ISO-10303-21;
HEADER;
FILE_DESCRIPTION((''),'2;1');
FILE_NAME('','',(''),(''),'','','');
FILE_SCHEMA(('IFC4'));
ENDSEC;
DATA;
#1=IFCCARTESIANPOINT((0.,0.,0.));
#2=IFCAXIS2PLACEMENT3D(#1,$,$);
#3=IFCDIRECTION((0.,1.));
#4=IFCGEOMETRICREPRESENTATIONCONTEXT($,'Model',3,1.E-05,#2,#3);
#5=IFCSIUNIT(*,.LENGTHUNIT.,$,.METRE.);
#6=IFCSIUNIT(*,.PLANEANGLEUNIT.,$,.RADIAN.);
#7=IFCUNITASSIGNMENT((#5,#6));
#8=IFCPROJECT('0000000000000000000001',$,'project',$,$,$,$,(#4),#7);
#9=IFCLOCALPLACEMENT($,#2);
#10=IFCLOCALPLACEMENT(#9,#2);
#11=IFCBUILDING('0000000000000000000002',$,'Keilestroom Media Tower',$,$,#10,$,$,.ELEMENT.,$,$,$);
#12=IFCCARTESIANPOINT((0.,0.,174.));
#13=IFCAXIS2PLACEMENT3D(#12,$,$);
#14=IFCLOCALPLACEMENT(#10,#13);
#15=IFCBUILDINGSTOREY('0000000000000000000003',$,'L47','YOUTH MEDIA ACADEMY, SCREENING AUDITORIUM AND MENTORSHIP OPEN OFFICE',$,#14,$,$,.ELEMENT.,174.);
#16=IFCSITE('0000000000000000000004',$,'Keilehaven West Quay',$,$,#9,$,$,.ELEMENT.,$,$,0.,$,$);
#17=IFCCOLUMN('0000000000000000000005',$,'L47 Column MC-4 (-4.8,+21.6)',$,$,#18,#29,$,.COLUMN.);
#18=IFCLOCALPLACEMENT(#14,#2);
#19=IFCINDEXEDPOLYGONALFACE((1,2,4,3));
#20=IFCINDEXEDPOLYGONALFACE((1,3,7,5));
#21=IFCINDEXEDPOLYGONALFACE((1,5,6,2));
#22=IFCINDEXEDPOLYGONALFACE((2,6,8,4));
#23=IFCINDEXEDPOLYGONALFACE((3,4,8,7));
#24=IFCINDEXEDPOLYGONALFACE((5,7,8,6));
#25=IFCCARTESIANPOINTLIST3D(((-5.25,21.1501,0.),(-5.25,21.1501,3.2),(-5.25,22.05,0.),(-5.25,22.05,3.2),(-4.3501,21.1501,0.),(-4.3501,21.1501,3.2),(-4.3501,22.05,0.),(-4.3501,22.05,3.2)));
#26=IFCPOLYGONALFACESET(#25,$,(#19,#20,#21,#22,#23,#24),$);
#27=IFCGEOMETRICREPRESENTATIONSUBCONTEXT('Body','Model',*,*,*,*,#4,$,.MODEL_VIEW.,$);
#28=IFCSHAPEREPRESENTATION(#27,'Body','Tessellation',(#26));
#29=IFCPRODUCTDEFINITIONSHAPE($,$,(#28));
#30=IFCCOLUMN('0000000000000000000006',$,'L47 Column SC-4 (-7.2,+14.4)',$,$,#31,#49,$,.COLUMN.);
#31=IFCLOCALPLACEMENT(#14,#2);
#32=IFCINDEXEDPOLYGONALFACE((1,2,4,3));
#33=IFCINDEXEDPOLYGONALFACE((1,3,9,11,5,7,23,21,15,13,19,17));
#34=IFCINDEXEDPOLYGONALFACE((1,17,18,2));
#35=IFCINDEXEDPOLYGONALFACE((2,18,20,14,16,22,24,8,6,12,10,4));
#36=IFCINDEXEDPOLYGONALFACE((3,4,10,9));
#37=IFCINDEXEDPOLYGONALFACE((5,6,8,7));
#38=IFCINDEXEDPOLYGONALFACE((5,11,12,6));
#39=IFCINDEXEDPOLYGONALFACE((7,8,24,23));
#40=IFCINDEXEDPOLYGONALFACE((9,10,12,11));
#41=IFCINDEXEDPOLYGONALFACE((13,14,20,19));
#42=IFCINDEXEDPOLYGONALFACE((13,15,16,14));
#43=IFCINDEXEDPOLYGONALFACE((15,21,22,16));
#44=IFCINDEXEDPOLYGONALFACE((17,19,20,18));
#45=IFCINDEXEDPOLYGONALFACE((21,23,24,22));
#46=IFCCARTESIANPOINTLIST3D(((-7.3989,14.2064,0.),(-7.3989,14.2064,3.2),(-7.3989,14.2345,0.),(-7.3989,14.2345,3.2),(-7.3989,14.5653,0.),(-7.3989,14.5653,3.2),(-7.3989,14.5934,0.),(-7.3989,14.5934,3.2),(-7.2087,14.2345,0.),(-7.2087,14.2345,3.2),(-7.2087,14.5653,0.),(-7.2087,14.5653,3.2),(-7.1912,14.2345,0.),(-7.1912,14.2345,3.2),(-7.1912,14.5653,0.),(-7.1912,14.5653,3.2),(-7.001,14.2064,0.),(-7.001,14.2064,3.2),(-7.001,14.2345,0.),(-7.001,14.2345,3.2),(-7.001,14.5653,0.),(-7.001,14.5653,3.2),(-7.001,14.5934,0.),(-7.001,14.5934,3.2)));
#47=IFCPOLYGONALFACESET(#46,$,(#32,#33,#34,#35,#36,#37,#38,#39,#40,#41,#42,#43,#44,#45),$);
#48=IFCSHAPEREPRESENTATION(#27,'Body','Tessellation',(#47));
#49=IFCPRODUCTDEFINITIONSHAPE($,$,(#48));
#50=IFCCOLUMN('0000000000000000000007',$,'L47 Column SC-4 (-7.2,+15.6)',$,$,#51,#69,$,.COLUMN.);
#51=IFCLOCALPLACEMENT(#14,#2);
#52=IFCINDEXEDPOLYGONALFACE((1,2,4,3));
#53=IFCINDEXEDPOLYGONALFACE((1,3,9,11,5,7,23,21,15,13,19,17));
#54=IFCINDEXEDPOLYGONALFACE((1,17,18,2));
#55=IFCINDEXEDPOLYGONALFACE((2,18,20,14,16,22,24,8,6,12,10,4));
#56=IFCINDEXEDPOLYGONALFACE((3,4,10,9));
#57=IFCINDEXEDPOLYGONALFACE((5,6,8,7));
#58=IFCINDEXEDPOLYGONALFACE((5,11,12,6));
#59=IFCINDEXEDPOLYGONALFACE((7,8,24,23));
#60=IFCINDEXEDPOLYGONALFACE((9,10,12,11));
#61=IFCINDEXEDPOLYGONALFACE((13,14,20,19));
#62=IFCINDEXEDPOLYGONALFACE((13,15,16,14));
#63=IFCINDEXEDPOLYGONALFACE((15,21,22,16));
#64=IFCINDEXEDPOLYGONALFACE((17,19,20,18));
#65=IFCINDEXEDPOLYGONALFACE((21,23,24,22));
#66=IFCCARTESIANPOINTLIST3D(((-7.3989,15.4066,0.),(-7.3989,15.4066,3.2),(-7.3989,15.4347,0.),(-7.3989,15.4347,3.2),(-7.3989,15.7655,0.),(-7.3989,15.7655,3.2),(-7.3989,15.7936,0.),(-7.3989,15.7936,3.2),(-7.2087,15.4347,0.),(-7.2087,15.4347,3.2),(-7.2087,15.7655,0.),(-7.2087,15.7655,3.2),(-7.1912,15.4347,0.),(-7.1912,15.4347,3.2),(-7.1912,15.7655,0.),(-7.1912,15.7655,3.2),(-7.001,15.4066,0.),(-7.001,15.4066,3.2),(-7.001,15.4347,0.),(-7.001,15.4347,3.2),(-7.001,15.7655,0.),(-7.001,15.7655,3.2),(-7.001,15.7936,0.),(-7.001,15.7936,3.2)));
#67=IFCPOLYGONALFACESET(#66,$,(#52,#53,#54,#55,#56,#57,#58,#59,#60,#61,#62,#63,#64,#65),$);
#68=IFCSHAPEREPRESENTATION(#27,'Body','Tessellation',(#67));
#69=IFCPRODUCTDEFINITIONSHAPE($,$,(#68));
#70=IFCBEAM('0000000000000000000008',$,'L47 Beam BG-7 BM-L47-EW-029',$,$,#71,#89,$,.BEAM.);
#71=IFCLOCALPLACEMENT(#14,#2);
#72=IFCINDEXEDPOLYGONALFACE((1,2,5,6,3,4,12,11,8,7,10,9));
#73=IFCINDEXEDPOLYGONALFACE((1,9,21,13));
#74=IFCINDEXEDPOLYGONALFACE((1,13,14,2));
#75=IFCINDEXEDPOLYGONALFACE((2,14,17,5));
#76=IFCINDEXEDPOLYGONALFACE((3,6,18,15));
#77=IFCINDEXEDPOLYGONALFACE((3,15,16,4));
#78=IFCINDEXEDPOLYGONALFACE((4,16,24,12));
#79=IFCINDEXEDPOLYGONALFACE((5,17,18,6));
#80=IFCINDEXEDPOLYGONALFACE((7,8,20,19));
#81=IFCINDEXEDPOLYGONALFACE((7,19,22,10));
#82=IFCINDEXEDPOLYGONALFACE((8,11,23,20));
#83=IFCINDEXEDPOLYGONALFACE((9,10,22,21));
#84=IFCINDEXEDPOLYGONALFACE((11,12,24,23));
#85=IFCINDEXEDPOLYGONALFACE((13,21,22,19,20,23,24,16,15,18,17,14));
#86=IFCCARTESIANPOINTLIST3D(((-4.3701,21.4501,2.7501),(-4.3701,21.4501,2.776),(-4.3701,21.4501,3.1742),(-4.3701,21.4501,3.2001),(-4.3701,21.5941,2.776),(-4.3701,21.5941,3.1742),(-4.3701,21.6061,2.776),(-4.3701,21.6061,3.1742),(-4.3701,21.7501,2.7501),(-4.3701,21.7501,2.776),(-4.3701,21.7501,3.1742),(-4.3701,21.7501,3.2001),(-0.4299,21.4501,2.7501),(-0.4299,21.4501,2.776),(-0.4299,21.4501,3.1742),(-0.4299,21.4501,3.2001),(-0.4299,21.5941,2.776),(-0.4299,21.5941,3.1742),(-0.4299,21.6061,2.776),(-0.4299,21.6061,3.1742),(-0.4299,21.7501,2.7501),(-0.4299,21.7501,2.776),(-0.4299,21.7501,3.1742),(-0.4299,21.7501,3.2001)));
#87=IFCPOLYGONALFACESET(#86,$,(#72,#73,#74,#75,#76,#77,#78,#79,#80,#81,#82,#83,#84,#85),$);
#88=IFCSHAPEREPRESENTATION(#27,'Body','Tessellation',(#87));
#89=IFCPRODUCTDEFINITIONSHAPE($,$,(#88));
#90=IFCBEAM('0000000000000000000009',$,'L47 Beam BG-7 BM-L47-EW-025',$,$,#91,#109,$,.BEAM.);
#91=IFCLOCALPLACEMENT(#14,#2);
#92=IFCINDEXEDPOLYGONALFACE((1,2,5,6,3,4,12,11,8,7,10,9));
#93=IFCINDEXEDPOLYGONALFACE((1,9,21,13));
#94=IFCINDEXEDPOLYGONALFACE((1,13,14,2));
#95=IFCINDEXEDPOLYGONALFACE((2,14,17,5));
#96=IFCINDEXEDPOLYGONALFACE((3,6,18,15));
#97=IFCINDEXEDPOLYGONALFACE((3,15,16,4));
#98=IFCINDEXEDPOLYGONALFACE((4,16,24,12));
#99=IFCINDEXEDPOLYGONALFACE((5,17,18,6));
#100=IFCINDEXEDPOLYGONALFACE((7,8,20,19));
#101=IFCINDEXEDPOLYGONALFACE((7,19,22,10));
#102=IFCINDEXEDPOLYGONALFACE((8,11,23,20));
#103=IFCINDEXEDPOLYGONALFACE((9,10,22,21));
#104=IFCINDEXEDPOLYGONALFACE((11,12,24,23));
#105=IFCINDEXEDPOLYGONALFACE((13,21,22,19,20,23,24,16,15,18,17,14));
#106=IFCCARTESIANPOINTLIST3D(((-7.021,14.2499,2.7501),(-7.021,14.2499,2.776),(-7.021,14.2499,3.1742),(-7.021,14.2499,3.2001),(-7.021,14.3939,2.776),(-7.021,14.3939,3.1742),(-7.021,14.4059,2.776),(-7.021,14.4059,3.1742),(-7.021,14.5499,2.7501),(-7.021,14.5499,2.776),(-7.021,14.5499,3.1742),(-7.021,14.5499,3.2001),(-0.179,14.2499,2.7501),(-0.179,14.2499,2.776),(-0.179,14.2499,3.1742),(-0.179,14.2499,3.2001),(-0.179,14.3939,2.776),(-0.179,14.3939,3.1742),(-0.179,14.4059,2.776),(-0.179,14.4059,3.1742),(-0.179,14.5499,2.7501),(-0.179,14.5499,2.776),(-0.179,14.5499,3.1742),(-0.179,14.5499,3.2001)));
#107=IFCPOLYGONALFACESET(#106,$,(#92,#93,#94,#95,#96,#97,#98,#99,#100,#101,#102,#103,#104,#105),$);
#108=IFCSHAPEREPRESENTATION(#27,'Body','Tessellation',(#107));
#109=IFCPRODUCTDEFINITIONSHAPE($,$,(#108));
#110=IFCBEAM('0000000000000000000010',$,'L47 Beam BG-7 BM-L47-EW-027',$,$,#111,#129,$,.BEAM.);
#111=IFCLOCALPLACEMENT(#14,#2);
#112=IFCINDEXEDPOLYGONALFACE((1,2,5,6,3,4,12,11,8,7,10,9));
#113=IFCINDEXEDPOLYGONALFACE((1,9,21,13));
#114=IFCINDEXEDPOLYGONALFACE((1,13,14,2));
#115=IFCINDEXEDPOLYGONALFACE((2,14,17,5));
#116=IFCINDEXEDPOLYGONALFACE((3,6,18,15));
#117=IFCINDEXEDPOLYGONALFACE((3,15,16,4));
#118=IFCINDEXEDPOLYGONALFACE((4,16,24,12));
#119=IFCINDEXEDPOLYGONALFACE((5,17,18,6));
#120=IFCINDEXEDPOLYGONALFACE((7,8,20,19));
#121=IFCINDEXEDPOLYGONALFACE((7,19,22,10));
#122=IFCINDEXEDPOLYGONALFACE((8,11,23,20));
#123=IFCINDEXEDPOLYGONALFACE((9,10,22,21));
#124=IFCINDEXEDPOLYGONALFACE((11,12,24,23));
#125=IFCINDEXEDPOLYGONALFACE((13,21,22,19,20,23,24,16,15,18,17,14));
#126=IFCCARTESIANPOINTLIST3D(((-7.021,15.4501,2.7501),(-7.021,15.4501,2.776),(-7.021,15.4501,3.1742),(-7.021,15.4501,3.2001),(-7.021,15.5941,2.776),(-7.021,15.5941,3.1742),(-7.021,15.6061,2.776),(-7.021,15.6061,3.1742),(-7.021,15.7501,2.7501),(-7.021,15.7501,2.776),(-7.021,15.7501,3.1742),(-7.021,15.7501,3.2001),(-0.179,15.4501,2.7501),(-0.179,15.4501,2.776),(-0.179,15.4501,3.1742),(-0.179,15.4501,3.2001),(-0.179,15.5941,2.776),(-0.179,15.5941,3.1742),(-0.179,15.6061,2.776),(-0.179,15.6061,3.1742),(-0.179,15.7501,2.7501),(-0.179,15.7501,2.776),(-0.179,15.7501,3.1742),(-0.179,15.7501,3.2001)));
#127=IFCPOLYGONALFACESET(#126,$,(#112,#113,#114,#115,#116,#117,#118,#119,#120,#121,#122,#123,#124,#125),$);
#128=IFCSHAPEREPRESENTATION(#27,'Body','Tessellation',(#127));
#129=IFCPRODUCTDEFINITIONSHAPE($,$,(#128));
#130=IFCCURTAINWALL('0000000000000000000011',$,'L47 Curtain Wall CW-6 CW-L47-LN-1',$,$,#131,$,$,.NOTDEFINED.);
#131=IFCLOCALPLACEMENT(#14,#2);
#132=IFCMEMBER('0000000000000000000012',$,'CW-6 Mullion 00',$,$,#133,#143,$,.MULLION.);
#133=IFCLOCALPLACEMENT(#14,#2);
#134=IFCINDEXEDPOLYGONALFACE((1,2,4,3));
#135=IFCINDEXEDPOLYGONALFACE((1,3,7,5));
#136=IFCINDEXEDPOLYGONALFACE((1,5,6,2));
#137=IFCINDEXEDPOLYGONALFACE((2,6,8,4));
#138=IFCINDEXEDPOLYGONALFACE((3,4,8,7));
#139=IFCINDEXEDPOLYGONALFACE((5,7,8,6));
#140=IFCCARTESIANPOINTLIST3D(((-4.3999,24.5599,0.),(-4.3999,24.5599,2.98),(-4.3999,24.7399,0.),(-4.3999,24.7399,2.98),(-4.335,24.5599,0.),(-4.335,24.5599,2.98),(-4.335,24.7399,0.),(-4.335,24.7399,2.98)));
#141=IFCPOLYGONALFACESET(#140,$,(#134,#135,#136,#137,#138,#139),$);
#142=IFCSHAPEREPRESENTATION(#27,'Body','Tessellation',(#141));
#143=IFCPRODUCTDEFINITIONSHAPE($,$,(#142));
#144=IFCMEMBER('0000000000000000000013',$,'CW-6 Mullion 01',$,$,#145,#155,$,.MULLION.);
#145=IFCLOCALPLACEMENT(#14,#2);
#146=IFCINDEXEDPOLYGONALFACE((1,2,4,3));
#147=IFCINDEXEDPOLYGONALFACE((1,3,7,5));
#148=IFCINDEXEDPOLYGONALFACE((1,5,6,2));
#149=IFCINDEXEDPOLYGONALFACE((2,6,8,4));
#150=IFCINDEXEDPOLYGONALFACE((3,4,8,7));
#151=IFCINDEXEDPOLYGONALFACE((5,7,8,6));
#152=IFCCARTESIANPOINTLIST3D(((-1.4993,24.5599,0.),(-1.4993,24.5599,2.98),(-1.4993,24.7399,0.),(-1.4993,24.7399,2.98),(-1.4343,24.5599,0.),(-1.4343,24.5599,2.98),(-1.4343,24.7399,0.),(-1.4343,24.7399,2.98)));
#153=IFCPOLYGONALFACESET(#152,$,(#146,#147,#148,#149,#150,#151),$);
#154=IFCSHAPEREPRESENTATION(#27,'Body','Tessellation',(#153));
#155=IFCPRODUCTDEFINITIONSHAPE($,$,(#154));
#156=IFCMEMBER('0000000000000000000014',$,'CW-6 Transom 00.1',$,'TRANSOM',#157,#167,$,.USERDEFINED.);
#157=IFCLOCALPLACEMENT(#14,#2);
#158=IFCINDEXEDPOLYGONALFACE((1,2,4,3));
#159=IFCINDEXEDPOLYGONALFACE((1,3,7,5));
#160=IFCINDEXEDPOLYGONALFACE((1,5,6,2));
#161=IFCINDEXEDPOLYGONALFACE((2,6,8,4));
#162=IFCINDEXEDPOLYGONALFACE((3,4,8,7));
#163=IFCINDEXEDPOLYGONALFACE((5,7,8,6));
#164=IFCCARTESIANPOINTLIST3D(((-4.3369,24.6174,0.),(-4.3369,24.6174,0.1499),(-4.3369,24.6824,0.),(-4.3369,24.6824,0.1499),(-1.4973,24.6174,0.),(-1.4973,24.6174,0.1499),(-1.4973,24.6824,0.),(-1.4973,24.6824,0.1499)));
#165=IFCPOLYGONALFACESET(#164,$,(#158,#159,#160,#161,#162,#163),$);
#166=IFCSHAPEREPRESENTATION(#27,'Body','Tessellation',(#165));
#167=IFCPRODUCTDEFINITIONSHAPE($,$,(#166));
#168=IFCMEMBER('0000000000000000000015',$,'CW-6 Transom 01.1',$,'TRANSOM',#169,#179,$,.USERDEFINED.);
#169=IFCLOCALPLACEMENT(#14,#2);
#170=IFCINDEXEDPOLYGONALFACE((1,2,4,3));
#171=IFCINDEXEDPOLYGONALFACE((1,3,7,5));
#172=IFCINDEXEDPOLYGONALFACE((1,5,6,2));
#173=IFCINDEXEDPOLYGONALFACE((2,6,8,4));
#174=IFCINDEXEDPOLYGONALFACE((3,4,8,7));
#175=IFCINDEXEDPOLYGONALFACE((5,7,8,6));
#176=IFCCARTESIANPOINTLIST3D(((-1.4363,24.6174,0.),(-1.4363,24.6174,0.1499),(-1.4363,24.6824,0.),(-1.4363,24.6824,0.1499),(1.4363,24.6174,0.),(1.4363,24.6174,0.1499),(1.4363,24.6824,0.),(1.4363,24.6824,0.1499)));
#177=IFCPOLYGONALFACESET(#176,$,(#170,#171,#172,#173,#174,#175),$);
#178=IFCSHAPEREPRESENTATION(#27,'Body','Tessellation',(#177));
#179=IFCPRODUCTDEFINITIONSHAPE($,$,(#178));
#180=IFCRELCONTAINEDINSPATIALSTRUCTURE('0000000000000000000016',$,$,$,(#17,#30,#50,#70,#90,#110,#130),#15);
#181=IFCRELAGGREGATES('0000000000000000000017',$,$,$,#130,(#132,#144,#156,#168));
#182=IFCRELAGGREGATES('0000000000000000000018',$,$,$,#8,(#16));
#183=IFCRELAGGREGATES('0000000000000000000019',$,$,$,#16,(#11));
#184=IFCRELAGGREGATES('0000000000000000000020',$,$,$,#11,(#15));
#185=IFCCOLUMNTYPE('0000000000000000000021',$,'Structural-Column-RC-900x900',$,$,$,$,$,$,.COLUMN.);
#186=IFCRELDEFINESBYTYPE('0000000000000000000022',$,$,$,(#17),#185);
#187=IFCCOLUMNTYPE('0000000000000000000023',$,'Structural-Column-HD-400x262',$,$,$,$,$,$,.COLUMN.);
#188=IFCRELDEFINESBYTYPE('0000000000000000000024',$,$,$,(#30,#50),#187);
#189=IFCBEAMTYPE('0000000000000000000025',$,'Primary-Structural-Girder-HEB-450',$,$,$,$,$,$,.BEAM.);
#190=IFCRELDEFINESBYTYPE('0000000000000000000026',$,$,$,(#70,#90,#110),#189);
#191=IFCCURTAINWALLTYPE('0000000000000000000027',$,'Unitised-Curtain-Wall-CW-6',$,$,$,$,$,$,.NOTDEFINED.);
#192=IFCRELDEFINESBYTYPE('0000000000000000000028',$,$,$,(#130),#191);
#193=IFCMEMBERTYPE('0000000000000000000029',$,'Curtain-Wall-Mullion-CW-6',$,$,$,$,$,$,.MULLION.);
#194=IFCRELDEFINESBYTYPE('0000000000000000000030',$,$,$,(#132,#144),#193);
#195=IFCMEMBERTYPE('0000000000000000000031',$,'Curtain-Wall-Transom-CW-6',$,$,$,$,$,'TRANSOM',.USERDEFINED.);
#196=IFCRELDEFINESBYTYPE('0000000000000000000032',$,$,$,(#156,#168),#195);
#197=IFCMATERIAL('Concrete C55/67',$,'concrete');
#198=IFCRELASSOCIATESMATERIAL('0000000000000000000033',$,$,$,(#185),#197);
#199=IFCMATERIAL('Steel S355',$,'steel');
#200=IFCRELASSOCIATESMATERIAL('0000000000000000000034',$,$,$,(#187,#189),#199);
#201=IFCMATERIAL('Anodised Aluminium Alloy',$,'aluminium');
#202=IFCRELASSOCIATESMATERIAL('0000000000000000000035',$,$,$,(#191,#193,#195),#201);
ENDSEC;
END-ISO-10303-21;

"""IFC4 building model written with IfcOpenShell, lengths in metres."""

from ifc_helpers import new_model, si_unit, direction, frame, origin, origin_2d, place, context, subcontext, project, spatial, rectangle, i_section, extrude, source, transform, mapped, material, material_profile, profile_set, type_object, element, aggregate, save


model = new_model("IFC4")

# Units and contexts
model_context = context("Model", 3, precision=1e-05, world=origin(), true_north=direction((0.0, 1.0)))
body_context = subcontext(model_context, "Body", "Model", "MODEL_VIEW")
ifc_project = project(units=[si_unit("LENGTHUNIT", "METRE"), si_unit("PLANEANGLEUNIT", "RADIAN")], contexts=[model_context])

# Site, building, storey
site_placement = place(None, origin())
site = spatial("IfcSite", under=ifc_project, at=site_placement, Name="Keilehaven West Quay", CompositionType="ELEMENT", RefElevation=0.0)
building_placement = place(site_placement, origin())
building = spatial("IfcBuilding", under=site, at=building_placement, Name="Keilestroom Media Tower", CompositionType="ELEMENT")
storey_placement = place(building_placement, frame((0.0, 0.0, 174.0)))
storey = spatial("IfcBuildingStorey", under=building, at=storey_placement, Name="L47", Description="YOUTH MEDIA ACADEMY, SCREENING AUDITORIUM AND MENTORSHIP OPEN OFFICE", CompositionType="ELEMENT", Elevation=174.0)

# Columns
ifc_material_1 = material(Name="Concrete C55/67", Category="concrete")
ifc_material_profile_1 = material_profile(ifc_material_1, rectangle(XDim=0.8999, YDim=0.8999, at=origin_2d()), Name="RC 900x900")
ifc_profile_set_1 = profile_set([ifc_material_profile_1], Name="Concrete C55/67")
column_type_1 = type_object("IfcColumnType", Name="Structural-Column-RC-900x900", PredefinedType="COLUMN", material=ifc_profile_set_1)
shared_shape_1 = source(origin(), body_context, "Body", "SweptSolid", [
    extrude(rectangle(XDim=0.8999, YDim=0.8999, at=origin_2d()), origin(), (0.0, 0.0, 1.0), 3.2),
])
column_placement = place(storey_placement, frame((-4.8, 21.6001, 0.0), z_axis=(0.0, 0.0, 1.0), x_axis=(1.0, 0.0, 0.0)))
element("IfcColumn", 1, at=column_placement, inside=storey, type_object=column_type_1, Name="L47 Column MC-4 (-4.8,+21.6)", PredefinedType="COLUMN", context=body_context, shape_type="MappedRepresentation", body=[
    mapped(shared_shape_1, transform((0.0, 0.0, 0.0), x_axis=(1.0, 0.0, 0.0), y_axis=(0.0, 1.0, 0.0), z_axis=(0.0, 0.0, 1.0), scale=1.0)),
])
ifc_material_2 = material(Name="Steel S355", Category="steel")
ifc_material_profile_2 = material_profile(ifc_material_2, i_section(OverallWidth=0.3979, OverallDepth=0.387, WebThickness=0.0176, FlangeThickness=0.0281, at=origin_2d()), Name="HD 400x262")
ifc_profile_set_2 = profile_set([ifc_material_profile_2], Name="Steel S355")
column_type_2 = type_object("IfcColumnType", Name="Structural-Column-HD-400x262", PredefinedType="COLUMN", material=ifc_profile_set_2)
shared_shape_2 = source(origin(), body_context, "Body", "SweptSolid", [
    extrude(i_section(OverallWidth=0.3979, OverallDepth=0.387, WebThickness=0.0176, FlangeThickness=0.0281, at=origin_2d()), origin(), (0.0, 0.0, 1.0), 3.2),
])
for number, where, z_axis, x_axis, name in (
    (2, (-7.2, 14.3999, 0.0), (0.0, 0.0, 1.0), (1.0, 0.0, 0.0), "L47 Column SC-4 (-7.2,+14.4)"),
    (3, (-7.2, 15.6001, 0.0), (0.0, 0.0, 1.0), (1.0, 0.0, 0.0), "L47 Column SC-4 (-7.2,+15.6)"),
):
    element("IfcColumn", number, at=place(storey_placement, frame(where, z_axis=z_axis, x_axis=x_axis)), inside=storey, type_object=column_type_2, Name=name, PredefinedType="COLUMN", context=body_context, shape_type="MappedRepresentation", body=[
        mapped(shared_shape_2, transform((0.0, 0.0, 0.0), x_axis=(1.0, 0.0, 0.0), y_axis=(0.0, 1.0, 0.0), z_axis=(0.0, 0.0, 1.0), scale=1.0)),
    ])

# Beams
ifc_material_profile_3 = material_profile(ifc_material_2, i_section(OverallWidth=0.3, OverallDepth=0.45, WebThickness=0.012, FlangeThickness=0.0259, at=origin_2d()), Name="HEB 450")
ifc_profile_set_3 = profile_set([ifc_material_profile_3], Name="Steel S355")
beam_type = type_object("IfcBeamType", Name="Primary-Structural-Girder-HEB-450", PredefinedType="BEAM", material=ifc_profile_set_3)
shared_shape_3 = source(origin(), body_context, "Body", "SweptSolid", [
    extrude(i_section(OverallWidth=0.3, OverallDepth=0.45, WebThickness=0.012, FlangeThickness=0.0259, at=origin_2d()), origin(), (0.0, 0.0, 1.0), 3.9402),
])
beam_placement = place(storey_placement, frame((-4.3701, 21.6001, 2.9751), z_axis=(1.0, 0.0, 0.0), x_axis=(0.0, 1.0, 0.0)))
element("IfcBeam", 4, at=beam_placement, inside=storey, type_object=beam_type, Name="L47 Beam BG-7 BM-L47-EW-029", PredefinedType="BEAM", context=body_context, shape_type="MappedRepresentation", body=[
    mapped(shared_shape_3, transform((0.0, 0.0, 0.0), x_axis=(1.0, 0.0, 0.0), y_axis=(0.0, 1.0, 0.0), z_axis=(0.0, 0.0, 1.0), scale=1.0)),
])
shared_shape_4 = source(origin(), body_context, "Body", "SweptSolid", [
    extrude(i_section(OverallWidth=0.3, OverallDepth=0.45, WebThickness=0.012, FlangeThickness=0.0259, at=origin_2d()), origin(), (0.0, 0.0, 1.0), 6.842),
])
for number, where, z_axis, x_axis, name in (
    (5, (-7.021, 14.3999, 2.9751), (1.0, 0.0, 0.0), (0.0, 1.0, 0.0), "L47 Beam BG-7 BM-L47-EW-025"),
    (6, (-7.021, 15.6001, 2.9751), (1.0, 0.0, 0.0), (0.0, 1.0, 0.0), "L47 Beam BG-7 BM-L47-EW-027"),
):
    element("IfcBeam", number, at=place(storey_placement, frame(where, z_axis=z_axis, x_axis=x_axis)), inside=storey, type_object=beam_type, Name=name, PredefinedType="BEAM", context=body_context, shape_type="MappedRepresentation", body=[
        mapped(shared_shape_4, transform((0.0, 0.0, 0.0), x_axis=(1.0, 0.0, 0.0), y_axis=(0.0, 1.0, 0.0), z_axis=(0.0, 0.0, 1.0), scale=1.0)),
    ])

# Curtain wall, members
ifc_material_3 = material(Name="Anodised Aluminium Alloy", Category="aluminium")
curtain_wall_type = type_object("IfcCurtainWallType", Name="Unitised-Curtain-Wall-CW-6", PredefinedType="NOTDEFINED", material=ifc_material_3)
curtain_wall_placement = place(storey_placement, origin())
curtain_wall = element("IfcCurtainWall", 7, at=curtain_wall_placement, inside=storey, type_object=curtain_wall_type, Name="L47 Curtain Wall CW-6 CW-L47-LN-1", PredefinedType="NOTDEFINED")
ifc_material_profile_4 = material_profile(ifc_material_3, rectangle(XDim=0.0649, YDim=0.1799, at=origin_2d()), Name="ALU MULLION 65x180")
ifc_profile_set_4 = profile_set([ifc_material_profile_4], Name="Anodised Aluminium Alloy")
member_type_1 = type_object("IfcMemberType", Name="Curtain-Wall-Mullion-CW-6", PredefinedType="MULLION", material=ifc_profile_set_4)
shared_shape_5 = source(origin(), body_context, "Body", "SweptSolid", [
    extrude(rectangle(XDim=0.0649, YDim=0.1799, at=origin_2d()), origin(), (0.0, 0.0, 1.0), 2.98),
])
member_1_placement = place(storey_placement, frame((-4.3674, 24.6499, 0.0), z_axis=(0.0, 0.0, 1.0), x_axis=(1.0, 0.0, 0.0)))
member_1 = element("IfcMember", 8, at=member_1_placement, type_object=member_type_1, Name="CW-6 Mullion 00", PredefinedType="MULLION", context=body_context, shape_type="MappedRepresentation", body=[
    mapped(shared_shape_5, transform((0.0, 0.0, 0.0), x_axis=(1.0, 0.0, 0.0), y_axis=(0.0, 1.0, 0.0), z_axis=(0.0, 0.0, 1.0), scale=1.0)),
])
member_2_placement = place(storey_placement, frame((-1.4668, 24.6499, 0.0), z_axis=(0.0, 0.0, 1.0), x_axis=(1.0, 0.0, 0.0)))
member_2 = element("IfcMember", 9, at=member_2_placement, type_object=member_type_1, Name="CW-6 Mullion 01", PredefinedType="MULLION", context=body_context, shape_type="MappedRepresentation", body=[
    mapped(shared_shape_5, transform((0.0, 0.0, 0.0), x_axis=(1.0, 0.0, 0.0), y_axis=(0.0, 1.0, 0.0), z_axis=(0.0, 0.0, 1.0), scale=1.0)),
])
ifc_material_profile_5 = material_profile(ifc_material_3, rectangle(XDim=0.0649, YDim=0.1499, at=origin_2d()), Name="ALU TRANSOM 65x150")
ifc_profile_set_5 = profile_set([ifc_material_profile_5], Name="Anodised Aluminium Alloy")
member_type_2 = type_object("IfcMemberType", Name="Curtain-Wall-Transom-CW-6", ElementType="TRANSOM", PredefinedType="USERDEFINED", material=ifc_profile_set_5)
shared_shape_6 = source(origin(), body_context, "Body", "SweptSolid", [
    extrude(rectangle(XDim=0.0649, YDim=0.1499, at=origin_2d()), origin(), (0.0, 0.0, 1.0), 2.8396),
])
member_3_placement = place(storey_placement, frame((-4.3369, 24.6499, 0.075), z_axis=(1.0, 0.0, 0.0), x_axis=(0.0, 1.0, 0.0)))
member_3 = element("IfcMember", 10, at=member_3_placement, type_object=member_type_2, Name="CW-6 Transom 00.1", ObjectType="TRANSOM", PredefinedType="USERDEFINED", context=body_context, shape_type="MappedRepresentation", body=[
    mapped(shared_shape_6, transform((0.0, 0.0, 0.0), x_axis=(1.0, 0.0, 0.0), y_axis=(0.0, 1.0, 0.0), z_axis=(0.0, 0.0, 1.0), scale=1.0)),
])
shared_shape_7 = source(origin(), body_context, "Body", "SweptSolid", [
    extrude(rectangle(XDim=0.0649, YDim=0.1499, at=origin_2d()), origin(), (0.0, 0.0, 1.0), 2.8726),
])
member_4_placement = place(storey_placement, frame((-1.4363, 24.6499, 0.075), z_axis=(1.0, 0.0, 0.0), x_axis=(0.0, 1.0, 0.0)))
member_4 = element("IfcMember", 11, at=member_4_placement, type_object=member_type_2, Name="CW-6 Transom 01.1", ObjectType="TRANSOM", PredefinedType="USERDEFINED", context=body_context, shape_type="MappedRepresentation", body=[
    mapped(shared_shape_7, transform((0.0, 0.0, 0.0), x_axis=(1.0, 0.0, 0.0), y_axis=(0.0, 1.0, 0.0), z_axis=(0.0, 0.0, 1.0), scale=1.0)),
])
aggregate(curtain_wall, [member_1, member_2, member_3, member_4])

save(model, "model.ifc")
